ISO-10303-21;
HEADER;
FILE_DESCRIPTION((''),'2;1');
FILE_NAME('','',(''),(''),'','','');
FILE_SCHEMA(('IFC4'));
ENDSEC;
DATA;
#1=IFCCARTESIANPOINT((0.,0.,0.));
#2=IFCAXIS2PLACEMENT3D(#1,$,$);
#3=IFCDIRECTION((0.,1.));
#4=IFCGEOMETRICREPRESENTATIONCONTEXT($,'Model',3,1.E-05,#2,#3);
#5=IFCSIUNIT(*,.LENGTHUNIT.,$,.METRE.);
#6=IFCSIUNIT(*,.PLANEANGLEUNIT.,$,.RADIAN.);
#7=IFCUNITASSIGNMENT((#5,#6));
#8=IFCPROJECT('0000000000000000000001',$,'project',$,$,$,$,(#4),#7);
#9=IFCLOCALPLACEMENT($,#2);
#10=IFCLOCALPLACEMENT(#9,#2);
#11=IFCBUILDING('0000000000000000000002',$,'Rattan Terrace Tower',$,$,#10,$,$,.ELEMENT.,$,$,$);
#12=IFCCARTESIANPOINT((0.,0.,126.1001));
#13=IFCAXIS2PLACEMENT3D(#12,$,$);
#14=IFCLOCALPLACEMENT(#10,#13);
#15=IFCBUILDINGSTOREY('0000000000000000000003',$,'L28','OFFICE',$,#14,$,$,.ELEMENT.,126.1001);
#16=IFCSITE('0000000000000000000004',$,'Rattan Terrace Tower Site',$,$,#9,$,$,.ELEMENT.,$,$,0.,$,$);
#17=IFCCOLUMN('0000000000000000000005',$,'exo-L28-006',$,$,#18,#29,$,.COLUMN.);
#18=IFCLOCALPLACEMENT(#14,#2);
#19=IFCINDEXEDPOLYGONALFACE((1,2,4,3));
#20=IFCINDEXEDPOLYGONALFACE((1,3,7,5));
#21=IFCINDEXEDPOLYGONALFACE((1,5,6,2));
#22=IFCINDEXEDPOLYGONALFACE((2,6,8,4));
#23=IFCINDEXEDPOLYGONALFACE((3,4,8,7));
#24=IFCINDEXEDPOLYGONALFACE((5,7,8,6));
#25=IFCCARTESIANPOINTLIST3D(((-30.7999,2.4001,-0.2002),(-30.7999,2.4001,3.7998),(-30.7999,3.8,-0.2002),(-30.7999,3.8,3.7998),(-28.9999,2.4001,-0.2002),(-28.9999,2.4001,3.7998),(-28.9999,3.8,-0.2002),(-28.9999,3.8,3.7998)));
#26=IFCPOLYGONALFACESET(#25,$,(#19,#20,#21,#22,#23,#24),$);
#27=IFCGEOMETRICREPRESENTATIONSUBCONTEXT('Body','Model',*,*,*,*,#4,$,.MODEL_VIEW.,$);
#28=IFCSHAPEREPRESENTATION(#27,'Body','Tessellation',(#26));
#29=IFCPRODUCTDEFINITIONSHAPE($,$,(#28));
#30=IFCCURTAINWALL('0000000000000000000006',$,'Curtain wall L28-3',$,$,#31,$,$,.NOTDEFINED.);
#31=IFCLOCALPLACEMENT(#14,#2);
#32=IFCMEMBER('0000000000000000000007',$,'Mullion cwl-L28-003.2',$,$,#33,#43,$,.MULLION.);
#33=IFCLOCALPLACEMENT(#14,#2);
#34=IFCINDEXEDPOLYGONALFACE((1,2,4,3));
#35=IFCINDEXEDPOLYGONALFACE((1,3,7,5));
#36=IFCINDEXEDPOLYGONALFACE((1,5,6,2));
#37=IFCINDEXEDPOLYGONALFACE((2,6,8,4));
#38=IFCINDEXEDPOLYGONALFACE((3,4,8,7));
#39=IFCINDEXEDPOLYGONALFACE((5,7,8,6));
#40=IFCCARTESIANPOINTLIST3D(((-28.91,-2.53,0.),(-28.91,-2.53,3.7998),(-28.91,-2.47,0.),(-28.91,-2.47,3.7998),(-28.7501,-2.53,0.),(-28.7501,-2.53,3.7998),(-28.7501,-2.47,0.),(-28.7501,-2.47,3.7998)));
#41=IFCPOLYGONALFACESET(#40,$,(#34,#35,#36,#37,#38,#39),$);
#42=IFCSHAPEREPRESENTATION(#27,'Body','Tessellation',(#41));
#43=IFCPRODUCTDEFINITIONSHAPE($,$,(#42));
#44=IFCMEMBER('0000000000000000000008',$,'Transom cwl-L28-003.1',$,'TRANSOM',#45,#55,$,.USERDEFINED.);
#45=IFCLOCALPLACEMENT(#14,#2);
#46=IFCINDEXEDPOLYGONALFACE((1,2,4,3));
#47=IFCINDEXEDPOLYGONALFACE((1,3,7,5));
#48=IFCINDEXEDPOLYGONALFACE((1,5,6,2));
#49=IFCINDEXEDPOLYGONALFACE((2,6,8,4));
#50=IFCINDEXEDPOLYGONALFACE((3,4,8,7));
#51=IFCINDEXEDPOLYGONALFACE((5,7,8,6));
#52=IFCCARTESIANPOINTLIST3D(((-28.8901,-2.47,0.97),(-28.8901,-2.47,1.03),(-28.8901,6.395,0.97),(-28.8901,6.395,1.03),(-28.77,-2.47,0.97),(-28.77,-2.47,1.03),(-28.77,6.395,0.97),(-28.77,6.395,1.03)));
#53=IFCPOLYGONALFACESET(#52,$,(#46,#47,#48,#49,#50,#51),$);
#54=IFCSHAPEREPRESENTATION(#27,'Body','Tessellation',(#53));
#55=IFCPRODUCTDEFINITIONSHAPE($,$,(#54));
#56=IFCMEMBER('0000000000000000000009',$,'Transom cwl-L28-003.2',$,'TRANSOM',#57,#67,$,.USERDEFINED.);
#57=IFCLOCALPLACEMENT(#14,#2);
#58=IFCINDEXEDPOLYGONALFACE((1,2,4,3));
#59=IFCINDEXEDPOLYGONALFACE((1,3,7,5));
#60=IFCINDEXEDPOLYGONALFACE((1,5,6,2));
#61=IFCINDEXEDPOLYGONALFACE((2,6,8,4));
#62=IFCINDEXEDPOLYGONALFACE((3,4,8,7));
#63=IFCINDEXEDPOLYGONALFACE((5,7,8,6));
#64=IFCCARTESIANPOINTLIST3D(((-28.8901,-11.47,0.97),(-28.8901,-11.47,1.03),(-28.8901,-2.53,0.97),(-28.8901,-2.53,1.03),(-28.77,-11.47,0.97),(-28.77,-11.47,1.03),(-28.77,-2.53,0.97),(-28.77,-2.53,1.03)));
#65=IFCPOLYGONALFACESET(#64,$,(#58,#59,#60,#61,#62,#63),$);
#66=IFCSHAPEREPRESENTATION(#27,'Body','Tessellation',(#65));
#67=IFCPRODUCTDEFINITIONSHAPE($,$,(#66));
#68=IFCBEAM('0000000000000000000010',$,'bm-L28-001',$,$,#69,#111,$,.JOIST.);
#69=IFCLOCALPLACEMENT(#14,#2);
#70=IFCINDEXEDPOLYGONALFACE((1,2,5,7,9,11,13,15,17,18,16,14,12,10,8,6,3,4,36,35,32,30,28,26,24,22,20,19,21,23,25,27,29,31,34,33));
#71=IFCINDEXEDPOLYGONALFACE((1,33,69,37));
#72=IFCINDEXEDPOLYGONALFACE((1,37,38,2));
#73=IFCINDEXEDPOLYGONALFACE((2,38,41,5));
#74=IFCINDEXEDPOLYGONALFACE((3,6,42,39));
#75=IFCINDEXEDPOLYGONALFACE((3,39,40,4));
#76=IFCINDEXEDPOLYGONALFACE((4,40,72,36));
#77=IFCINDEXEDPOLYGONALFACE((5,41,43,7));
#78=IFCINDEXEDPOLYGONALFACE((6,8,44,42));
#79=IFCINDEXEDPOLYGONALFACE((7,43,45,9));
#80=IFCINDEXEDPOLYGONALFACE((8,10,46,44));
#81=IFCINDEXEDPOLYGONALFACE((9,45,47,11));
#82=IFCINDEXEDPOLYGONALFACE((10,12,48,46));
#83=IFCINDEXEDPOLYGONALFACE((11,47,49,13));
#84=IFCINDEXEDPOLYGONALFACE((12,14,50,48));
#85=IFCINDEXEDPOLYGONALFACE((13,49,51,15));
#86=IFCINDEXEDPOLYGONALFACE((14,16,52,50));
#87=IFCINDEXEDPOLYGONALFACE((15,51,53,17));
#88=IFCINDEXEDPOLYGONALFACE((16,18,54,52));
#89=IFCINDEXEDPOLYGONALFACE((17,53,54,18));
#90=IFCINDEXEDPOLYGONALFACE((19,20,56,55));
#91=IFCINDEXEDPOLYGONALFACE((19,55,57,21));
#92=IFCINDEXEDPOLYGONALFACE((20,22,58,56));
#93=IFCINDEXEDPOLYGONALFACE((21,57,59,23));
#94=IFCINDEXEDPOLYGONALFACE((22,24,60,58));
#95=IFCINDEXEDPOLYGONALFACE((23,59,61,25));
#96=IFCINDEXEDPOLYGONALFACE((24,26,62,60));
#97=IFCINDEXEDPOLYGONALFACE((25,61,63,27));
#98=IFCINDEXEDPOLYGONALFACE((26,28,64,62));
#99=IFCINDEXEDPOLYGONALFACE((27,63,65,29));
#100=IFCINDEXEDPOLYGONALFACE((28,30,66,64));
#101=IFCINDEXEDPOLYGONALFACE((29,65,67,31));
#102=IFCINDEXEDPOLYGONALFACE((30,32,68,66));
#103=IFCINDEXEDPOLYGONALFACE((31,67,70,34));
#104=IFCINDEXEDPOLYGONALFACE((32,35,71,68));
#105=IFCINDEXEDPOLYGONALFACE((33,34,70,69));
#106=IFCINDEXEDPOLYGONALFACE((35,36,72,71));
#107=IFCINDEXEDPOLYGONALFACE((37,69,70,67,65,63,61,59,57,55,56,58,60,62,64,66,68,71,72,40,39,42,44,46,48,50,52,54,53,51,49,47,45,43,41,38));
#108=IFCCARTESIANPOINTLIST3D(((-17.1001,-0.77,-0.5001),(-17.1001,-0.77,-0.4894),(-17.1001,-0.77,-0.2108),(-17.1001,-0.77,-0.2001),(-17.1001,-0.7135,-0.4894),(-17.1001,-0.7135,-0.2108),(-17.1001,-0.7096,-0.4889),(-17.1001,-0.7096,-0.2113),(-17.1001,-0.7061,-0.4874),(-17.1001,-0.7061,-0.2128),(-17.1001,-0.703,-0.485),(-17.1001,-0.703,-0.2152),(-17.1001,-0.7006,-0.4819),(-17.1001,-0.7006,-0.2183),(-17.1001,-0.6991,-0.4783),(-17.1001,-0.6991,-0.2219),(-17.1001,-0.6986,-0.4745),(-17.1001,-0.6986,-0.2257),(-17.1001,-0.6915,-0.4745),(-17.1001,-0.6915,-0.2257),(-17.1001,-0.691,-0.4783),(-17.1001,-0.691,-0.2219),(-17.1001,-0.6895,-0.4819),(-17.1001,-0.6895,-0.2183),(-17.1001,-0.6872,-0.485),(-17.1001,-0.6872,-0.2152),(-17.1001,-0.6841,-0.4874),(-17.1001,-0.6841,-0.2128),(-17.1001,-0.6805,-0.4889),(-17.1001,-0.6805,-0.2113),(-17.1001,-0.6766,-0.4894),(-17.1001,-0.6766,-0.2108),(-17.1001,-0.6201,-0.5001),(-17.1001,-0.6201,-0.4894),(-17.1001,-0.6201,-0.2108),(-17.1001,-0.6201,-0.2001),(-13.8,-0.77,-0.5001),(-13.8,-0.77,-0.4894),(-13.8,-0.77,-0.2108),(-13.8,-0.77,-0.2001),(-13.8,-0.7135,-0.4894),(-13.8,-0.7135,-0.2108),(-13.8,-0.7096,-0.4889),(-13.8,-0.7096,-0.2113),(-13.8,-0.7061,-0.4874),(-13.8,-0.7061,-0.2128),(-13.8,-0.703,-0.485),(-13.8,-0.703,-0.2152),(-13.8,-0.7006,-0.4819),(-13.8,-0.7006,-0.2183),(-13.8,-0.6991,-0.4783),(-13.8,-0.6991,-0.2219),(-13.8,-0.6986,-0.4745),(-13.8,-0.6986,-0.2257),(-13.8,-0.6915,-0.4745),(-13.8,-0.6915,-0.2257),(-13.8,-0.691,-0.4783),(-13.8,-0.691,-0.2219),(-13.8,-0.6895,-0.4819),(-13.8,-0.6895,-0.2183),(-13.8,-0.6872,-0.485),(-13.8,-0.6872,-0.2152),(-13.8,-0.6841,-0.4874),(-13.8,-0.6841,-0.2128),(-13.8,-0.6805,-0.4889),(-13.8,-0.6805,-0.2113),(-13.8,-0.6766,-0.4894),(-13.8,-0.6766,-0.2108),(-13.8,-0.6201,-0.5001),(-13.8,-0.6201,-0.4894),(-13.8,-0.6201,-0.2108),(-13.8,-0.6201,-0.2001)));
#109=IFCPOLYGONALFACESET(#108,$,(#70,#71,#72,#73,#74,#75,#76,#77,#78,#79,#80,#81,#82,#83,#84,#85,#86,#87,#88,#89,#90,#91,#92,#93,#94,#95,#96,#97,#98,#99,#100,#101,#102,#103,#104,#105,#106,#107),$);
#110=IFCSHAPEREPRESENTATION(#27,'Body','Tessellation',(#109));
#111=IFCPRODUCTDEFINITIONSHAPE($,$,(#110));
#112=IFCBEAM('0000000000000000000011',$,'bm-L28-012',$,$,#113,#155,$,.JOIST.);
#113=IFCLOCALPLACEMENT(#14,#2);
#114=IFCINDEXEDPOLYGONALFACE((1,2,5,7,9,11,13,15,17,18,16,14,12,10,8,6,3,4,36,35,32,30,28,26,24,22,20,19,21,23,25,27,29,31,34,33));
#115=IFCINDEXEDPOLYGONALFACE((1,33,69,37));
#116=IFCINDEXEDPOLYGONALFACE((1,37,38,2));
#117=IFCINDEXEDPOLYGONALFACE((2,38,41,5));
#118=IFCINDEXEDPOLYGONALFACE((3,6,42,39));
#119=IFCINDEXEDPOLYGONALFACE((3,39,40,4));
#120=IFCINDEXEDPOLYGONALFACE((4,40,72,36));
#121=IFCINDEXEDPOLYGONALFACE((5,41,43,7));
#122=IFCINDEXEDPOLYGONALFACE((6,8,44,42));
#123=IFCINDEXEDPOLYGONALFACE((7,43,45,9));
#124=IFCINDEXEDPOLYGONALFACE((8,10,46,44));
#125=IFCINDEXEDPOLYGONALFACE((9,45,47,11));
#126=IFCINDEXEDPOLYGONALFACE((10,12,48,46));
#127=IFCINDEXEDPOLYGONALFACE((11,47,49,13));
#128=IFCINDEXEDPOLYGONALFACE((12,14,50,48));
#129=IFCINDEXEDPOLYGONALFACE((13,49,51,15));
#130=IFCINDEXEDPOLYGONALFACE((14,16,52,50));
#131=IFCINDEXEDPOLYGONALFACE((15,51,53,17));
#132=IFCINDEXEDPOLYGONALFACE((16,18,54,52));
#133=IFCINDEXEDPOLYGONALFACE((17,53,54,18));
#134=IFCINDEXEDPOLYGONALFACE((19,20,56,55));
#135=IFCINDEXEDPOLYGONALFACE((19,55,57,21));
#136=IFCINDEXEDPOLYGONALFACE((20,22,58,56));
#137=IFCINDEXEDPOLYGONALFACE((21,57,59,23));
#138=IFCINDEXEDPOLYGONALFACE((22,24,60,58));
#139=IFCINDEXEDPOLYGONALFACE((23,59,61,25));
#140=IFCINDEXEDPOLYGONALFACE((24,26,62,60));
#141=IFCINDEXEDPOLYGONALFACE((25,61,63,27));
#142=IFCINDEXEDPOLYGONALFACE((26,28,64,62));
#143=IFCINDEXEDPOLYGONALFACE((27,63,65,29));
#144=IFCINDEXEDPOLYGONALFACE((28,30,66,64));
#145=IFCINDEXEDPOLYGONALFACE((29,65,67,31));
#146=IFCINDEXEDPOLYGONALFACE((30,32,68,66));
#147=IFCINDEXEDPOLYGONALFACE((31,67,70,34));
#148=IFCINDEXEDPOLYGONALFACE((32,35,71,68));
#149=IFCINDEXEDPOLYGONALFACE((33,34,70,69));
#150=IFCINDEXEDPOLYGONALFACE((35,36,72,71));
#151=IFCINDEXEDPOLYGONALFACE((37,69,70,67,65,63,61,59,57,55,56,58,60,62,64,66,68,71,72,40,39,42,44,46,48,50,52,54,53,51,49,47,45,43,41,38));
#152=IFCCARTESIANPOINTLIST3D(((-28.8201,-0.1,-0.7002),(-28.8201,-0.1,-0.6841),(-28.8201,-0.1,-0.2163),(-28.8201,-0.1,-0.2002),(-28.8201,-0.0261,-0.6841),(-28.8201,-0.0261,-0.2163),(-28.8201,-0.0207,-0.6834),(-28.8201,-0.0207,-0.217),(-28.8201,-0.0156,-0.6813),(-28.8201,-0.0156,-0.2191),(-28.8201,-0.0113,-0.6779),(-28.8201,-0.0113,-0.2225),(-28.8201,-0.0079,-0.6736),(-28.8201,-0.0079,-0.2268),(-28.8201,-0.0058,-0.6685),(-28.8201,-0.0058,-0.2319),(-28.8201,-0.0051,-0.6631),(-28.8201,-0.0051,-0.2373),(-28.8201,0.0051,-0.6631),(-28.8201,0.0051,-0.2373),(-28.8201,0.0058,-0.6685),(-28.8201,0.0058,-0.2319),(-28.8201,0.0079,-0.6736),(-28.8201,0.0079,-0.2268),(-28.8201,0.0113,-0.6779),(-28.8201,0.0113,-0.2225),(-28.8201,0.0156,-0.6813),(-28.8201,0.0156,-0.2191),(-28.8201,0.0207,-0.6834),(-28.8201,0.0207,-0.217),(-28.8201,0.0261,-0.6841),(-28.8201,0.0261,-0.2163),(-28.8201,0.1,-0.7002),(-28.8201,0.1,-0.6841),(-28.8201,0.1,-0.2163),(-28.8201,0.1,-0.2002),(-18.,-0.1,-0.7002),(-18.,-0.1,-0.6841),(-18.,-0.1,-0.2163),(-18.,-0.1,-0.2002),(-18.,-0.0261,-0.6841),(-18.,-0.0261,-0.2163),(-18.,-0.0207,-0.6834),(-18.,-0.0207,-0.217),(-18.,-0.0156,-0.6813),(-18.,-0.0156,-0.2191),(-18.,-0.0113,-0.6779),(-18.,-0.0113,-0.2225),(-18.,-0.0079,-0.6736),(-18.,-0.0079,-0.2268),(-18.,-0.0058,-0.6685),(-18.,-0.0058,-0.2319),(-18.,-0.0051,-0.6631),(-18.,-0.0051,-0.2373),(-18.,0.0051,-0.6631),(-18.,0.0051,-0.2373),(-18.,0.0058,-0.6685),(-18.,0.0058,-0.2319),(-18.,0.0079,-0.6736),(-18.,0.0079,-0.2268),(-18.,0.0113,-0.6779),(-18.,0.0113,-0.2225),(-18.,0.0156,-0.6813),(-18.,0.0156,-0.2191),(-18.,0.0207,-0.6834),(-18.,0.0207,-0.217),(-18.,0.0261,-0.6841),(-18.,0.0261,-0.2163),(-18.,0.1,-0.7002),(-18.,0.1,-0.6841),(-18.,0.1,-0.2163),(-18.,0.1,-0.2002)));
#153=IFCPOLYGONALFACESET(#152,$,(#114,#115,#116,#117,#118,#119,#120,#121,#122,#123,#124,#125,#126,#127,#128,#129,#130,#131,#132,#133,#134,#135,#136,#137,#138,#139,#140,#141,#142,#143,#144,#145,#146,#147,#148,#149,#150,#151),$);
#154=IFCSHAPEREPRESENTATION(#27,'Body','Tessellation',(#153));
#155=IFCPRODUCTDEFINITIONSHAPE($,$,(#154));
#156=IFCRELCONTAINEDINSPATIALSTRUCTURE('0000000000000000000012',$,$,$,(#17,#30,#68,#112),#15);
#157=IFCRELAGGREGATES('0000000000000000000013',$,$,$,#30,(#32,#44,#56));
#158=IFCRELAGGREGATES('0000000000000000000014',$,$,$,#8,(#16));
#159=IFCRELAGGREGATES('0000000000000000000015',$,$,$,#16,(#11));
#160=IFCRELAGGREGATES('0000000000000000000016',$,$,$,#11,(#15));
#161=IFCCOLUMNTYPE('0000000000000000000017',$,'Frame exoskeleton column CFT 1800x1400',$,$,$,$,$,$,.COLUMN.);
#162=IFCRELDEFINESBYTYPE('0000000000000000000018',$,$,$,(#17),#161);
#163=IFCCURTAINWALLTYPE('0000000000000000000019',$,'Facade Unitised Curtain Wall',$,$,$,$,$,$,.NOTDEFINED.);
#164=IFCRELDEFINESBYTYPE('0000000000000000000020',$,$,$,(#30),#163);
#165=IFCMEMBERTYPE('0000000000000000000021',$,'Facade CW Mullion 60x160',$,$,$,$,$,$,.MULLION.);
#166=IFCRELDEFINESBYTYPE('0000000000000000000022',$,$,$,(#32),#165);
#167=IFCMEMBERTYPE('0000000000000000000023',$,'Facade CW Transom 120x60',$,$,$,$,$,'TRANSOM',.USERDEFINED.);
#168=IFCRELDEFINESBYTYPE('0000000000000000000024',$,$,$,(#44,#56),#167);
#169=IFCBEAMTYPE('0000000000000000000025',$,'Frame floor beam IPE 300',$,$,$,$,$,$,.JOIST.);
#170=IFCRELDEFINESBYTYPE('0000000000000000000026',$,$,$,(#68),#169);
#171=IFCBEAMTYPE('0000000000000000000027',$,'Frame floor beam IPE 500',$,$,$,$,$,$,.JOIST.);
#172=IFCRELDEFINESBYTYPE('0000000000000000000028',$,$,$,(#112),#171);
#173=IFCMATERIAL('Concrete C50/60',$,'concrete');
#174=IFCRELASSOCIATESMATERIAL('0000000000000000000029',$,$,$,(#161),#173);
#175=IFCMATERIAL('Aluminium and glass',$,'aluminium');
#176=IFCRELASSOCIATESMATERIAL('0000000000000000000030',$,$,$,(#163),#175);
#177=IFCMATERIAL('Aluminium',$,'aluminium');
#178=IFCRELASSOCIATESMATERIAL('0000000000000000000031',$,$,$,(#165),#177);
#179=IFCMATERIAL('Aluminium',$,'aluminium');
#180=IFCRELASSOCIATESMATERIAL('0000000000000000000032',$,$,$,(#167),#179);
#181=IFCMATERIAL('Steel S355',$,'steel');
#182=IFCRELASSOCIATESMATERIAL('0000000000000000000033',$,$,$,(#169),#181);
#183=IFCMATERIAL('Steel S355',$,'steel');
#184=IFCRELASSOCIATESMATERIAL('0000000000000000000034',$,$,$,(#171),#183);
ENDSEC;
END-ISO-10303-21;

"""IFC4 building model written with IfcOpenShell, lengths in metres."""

from ifc_helpers import new_model, si_unit, direction, frame, origin, origin_2d, place, context, subcontext, project, spatial, rectangle, i_section, extrude, material, material_profile, profile_set, type_object, element, aggregate, save


model = new_model("IFC4")

# Units and contexts
model_context = context("Model", 3, precision=1e-05, world=origin(), true_north=direction((0.0, 1.0)))
body_context = subcontext(model_context, "Body", "Model", "MODEL_VIEW")
ifc_project = project(units=[si_unit("LENGTHUNIT", "METRE"), si_unit("PLANEANGLEUNIT", "RADIAN")], contexts=[model_context])

# Site, building, storey
site_placement = place(None, origin())
site = spatial("IfcSite", under=ifc_project, at=site_placement, Name="Rattan Terrace Tower Site", CompositionType="ELEMENT", RefElevation=0.0)
building_placement = place(site_placement, origin())
building = spatial("IfcBuilding", under=site, at=building_placement, Name="Rattan Terrace Tower", CompositionType="ELEMENT")
storey_placement = place(building_placement, frame((0.0, 0.0, 126.1001)))
storey = spatial("IfcBuildingStorey", under=building, at=storey_placement, Name="L28", Description="OFFICE", CompositionType="ELEMENT", Elevation=126.1001)

# Column
ifc_material_1 = material(Name="Concrete C50/60", Category="concrete")
ifc_material_profile_1 = material_profile(ifc_material_1, rectangle(XDim=1.3999, YDim=1.8, at=origin_2d()), Name="CFT 1800x1400")
ifc_profile_set_1 = profile_set([ifc_material_profile_1], Name="Concrete C50/60")
column_type = type_object("IfcColumnType", Name="Frame exoskeleton column CFT 1800x1400", PredefinedType="COLUMN", material=ifc_profile_set_1)
column_placement = place(storey_placement, frame((-29.8999, 3.1001, -0.2002), z_axis=(0.0, 0.0, 1.0), x_axis=(0.0, 1.0, 0.0)))
element("IfcColumn", 1, at=column_placement, inside=storey, type_object=column_type, Name="exo-L28-006", PredefinedType="COLUMN", context=body_context, shape_type="SweptSolid", body=[
    extrude(rectangle(XDim=1.3999, YDim=1.8, at=origin_2d()), origin(), (0.0, 0.0, 1.0), 4.0),
])

# Curtain wall, members
ifc_material_2 = material(Name="Aluminium and glass", Category="aluminium")
curtain_wall_type = type_object("IfcCurtainWallType", Name="Facade Unitised Curtain Wall", PredefinedType="NOTDEFINED", material=ifc_material_2)
curtain_wall_placement = place(storey_placement, origin())
curtain_wall = element("IfcCurtainWall", 2, at=curtain_wall_placement, inside=storey, type_object=curtain_wall_type, Name="Curtain wall L28-3", PredefinedType="NOTDEFINED")
ifc_material_3 = material(Name="Aluminium", Category="aluminium")
ifc_material_profile_2 = material_profile(ifc_material_3, rectangle(XDim=0.0601, YDim=0.1599, at=origin_2d()), Name="Aluminium 60x160")
ifc_profile_set_2 = profile_set([ifc_material_profile_2], Name="Aluminium")
member_type_1 = type_object("IfcMemberType", Name="Facade CW Mullion 60x160", PredefinedType="MULLION", material=ifc_profile_set_2)
member_1_placement = place(storey_placement, frame((-28.8301, -2.5, 0.0), z_axis=(0.0, 0.0, 1.0), x_axis=(0.0, -1.0, 0.0)))
member_1 = element("IfcMember", 3, at=member_1_placement, type_object=member_type_1, Name="Mullion cwl-L28-003.2", PredefinedType="MULLION", context=body_context, shape_type="SweptSolid", body=[
    extrude(rectangle(XDim=0.0601, YDim=0.1599, at=origin_2d()), origin(), (0.0, 0.0, 1.0), 3.7998),
])
ifc_material_4 = material(Name="Aluminium", Category="aluminium")
ifc_material_profile_3 = material_profile(ifc_material_4, rectangle(XDim=0.1201, YDim=0.0601, at=origin_2d()), Name="Aluminium 120x60")
ifc_profile_set_3 = profile_set([ifc_material_profile_3], Name="Aluminium")
member_type_2 = type_object("IfcMemberType", Name="Facade CW Transom 120x60", ElementType="TRANSOM", PredefinedType="USERDEFINED", material=ifc_profile_set_3)
member_2_placement = place(storey_placement, frame((-28.8301, 6.395, 1.0), z_axis=(0.0, -1.0, 0.0), x_axis=(1.0, 0.0, 0.0)))
member_2 = element("IfcMember", 4, at=member_2_placement, type_object=member_type_2, Name="Transom cwl-L28-003.1", ObjectType="TRANSOM", PredefinedType="USERDEFINED", context=body_context, shape_type="SweptSolid", body=[
    extrude(rectangle(XDim=0.1201, YDim=0.0601, at=origin_2d()), origin(), (0.0, 0.0, 1.0), 8.865),
])
member_3_placement = place(storey_placement, frame((-28.8301, -2.53, 1.0), z_axis=(0.0, -1.0, 0.0), x_axis=(1.0, 0.0, 0.0)))
member_3 = element("IfcMember", 5, at=member_3_placement, type_object=member_type_2, Name="Transom cwl-L28-003.2", ObjectType="TRANSOM", PredefinedType="USERDEFINED", context=body_context, shape_type="SweptSolid", body=[
    extrude(rectangle(XDim=0.1201, YDim=0.0601, at=origin_2d()), origin(), (0.0, 0.0, 1.0), 8.9399),
])

# Beams
ifc_material_5 = material(Name="Steel S355", Category="steel")
ifc_material_profile_4 = material_profile(ifc_material_5, i_section(OverallWidth=0.1499, OverallDepth=0.3, WebThickness=0.0071, FlangeThickness=0.0107, FilletRadius=0.0149, at=origin_2d()), Name="IPE 300")
ifc_profile_set_4 = profile_set([ifc_material_profile_4], Name="Steel S355")
beam_type_1 = type_object("IfcBeamType", Name="Frame floor beam IPE 300", PredefinedType="JOIST", material=ifc_profile_set_4)
beam_placement = place(storey_placement, frame((-17.1001, -0.6951, -0.3501), z_axis=(1.0, 0.0, 0.0), x_axis=(0.0, 1.0, 0.0)))
element("IfcBeam", 6, at=beam_placement, inside=storey, type_object=beam_type_1, Name="bm-L28-001", PredefinedType="JOIST", context=body_context, shape_type="SweptSolid", body=[
    extrude(i_section(OverallWidth=0.1499, OverallDepth=0.3, WebThickness=0.0071, FlangeThickness=0.0107, FilletRadius=0.0149, at=origin_2d()), origin(), (0.0, 0.0, 1.0), 3.3),
])
ifc_material_6 = material(Name="Steel S355", Category="steel")
ifc_material_profile_5 = material_profile(ifc_material_6, i_section(OverallWidth=0.2, OverallDepth=0.5, WebThickness=0.0103, FlangeThickness=0.0161, FilletRadius=0.021, at=origin_2d()), Name="IPE 500")
ifc_profile_set_5 = profile_set([ifc_material_profile_5], Name="Steel S355")
beam_type_2 = type_object("IfcBeamType", Name="Frame floor beam IPE 500", PredefinedType="JOIST", material=ifc_profile_set_5)
for number, where, z_axis, x_axis, name in (
    (7, (-28.8201, 0.0, -0.4502), (1.0, 0.0, 0.0), (0.0, 1.0, 0.0), "bm-L28-012"),
):
    element("IfcBeam", number, at=place(storey_placement, frame(where, z_axis=z_axis, x_axis=x_axis)), inside=storey, type_object=beam_type_2, Name=name, PredefinedType="JOIST", context=body_context, shape_type="SweptSolid", body=[
        extrude(i_section(OverallWidth=0.2, OverallDepth=0.5, WebThickness=0.0103, FlangeThickness=0.0161, FilletRadius=0.021, at=origin_2d()), origin(), (0.0, 0.0, 1.0), 10.8201),
    ])

aggregate(curtain_wall, [member_1, member_2, member_3])

save(model, "model.ifc")
